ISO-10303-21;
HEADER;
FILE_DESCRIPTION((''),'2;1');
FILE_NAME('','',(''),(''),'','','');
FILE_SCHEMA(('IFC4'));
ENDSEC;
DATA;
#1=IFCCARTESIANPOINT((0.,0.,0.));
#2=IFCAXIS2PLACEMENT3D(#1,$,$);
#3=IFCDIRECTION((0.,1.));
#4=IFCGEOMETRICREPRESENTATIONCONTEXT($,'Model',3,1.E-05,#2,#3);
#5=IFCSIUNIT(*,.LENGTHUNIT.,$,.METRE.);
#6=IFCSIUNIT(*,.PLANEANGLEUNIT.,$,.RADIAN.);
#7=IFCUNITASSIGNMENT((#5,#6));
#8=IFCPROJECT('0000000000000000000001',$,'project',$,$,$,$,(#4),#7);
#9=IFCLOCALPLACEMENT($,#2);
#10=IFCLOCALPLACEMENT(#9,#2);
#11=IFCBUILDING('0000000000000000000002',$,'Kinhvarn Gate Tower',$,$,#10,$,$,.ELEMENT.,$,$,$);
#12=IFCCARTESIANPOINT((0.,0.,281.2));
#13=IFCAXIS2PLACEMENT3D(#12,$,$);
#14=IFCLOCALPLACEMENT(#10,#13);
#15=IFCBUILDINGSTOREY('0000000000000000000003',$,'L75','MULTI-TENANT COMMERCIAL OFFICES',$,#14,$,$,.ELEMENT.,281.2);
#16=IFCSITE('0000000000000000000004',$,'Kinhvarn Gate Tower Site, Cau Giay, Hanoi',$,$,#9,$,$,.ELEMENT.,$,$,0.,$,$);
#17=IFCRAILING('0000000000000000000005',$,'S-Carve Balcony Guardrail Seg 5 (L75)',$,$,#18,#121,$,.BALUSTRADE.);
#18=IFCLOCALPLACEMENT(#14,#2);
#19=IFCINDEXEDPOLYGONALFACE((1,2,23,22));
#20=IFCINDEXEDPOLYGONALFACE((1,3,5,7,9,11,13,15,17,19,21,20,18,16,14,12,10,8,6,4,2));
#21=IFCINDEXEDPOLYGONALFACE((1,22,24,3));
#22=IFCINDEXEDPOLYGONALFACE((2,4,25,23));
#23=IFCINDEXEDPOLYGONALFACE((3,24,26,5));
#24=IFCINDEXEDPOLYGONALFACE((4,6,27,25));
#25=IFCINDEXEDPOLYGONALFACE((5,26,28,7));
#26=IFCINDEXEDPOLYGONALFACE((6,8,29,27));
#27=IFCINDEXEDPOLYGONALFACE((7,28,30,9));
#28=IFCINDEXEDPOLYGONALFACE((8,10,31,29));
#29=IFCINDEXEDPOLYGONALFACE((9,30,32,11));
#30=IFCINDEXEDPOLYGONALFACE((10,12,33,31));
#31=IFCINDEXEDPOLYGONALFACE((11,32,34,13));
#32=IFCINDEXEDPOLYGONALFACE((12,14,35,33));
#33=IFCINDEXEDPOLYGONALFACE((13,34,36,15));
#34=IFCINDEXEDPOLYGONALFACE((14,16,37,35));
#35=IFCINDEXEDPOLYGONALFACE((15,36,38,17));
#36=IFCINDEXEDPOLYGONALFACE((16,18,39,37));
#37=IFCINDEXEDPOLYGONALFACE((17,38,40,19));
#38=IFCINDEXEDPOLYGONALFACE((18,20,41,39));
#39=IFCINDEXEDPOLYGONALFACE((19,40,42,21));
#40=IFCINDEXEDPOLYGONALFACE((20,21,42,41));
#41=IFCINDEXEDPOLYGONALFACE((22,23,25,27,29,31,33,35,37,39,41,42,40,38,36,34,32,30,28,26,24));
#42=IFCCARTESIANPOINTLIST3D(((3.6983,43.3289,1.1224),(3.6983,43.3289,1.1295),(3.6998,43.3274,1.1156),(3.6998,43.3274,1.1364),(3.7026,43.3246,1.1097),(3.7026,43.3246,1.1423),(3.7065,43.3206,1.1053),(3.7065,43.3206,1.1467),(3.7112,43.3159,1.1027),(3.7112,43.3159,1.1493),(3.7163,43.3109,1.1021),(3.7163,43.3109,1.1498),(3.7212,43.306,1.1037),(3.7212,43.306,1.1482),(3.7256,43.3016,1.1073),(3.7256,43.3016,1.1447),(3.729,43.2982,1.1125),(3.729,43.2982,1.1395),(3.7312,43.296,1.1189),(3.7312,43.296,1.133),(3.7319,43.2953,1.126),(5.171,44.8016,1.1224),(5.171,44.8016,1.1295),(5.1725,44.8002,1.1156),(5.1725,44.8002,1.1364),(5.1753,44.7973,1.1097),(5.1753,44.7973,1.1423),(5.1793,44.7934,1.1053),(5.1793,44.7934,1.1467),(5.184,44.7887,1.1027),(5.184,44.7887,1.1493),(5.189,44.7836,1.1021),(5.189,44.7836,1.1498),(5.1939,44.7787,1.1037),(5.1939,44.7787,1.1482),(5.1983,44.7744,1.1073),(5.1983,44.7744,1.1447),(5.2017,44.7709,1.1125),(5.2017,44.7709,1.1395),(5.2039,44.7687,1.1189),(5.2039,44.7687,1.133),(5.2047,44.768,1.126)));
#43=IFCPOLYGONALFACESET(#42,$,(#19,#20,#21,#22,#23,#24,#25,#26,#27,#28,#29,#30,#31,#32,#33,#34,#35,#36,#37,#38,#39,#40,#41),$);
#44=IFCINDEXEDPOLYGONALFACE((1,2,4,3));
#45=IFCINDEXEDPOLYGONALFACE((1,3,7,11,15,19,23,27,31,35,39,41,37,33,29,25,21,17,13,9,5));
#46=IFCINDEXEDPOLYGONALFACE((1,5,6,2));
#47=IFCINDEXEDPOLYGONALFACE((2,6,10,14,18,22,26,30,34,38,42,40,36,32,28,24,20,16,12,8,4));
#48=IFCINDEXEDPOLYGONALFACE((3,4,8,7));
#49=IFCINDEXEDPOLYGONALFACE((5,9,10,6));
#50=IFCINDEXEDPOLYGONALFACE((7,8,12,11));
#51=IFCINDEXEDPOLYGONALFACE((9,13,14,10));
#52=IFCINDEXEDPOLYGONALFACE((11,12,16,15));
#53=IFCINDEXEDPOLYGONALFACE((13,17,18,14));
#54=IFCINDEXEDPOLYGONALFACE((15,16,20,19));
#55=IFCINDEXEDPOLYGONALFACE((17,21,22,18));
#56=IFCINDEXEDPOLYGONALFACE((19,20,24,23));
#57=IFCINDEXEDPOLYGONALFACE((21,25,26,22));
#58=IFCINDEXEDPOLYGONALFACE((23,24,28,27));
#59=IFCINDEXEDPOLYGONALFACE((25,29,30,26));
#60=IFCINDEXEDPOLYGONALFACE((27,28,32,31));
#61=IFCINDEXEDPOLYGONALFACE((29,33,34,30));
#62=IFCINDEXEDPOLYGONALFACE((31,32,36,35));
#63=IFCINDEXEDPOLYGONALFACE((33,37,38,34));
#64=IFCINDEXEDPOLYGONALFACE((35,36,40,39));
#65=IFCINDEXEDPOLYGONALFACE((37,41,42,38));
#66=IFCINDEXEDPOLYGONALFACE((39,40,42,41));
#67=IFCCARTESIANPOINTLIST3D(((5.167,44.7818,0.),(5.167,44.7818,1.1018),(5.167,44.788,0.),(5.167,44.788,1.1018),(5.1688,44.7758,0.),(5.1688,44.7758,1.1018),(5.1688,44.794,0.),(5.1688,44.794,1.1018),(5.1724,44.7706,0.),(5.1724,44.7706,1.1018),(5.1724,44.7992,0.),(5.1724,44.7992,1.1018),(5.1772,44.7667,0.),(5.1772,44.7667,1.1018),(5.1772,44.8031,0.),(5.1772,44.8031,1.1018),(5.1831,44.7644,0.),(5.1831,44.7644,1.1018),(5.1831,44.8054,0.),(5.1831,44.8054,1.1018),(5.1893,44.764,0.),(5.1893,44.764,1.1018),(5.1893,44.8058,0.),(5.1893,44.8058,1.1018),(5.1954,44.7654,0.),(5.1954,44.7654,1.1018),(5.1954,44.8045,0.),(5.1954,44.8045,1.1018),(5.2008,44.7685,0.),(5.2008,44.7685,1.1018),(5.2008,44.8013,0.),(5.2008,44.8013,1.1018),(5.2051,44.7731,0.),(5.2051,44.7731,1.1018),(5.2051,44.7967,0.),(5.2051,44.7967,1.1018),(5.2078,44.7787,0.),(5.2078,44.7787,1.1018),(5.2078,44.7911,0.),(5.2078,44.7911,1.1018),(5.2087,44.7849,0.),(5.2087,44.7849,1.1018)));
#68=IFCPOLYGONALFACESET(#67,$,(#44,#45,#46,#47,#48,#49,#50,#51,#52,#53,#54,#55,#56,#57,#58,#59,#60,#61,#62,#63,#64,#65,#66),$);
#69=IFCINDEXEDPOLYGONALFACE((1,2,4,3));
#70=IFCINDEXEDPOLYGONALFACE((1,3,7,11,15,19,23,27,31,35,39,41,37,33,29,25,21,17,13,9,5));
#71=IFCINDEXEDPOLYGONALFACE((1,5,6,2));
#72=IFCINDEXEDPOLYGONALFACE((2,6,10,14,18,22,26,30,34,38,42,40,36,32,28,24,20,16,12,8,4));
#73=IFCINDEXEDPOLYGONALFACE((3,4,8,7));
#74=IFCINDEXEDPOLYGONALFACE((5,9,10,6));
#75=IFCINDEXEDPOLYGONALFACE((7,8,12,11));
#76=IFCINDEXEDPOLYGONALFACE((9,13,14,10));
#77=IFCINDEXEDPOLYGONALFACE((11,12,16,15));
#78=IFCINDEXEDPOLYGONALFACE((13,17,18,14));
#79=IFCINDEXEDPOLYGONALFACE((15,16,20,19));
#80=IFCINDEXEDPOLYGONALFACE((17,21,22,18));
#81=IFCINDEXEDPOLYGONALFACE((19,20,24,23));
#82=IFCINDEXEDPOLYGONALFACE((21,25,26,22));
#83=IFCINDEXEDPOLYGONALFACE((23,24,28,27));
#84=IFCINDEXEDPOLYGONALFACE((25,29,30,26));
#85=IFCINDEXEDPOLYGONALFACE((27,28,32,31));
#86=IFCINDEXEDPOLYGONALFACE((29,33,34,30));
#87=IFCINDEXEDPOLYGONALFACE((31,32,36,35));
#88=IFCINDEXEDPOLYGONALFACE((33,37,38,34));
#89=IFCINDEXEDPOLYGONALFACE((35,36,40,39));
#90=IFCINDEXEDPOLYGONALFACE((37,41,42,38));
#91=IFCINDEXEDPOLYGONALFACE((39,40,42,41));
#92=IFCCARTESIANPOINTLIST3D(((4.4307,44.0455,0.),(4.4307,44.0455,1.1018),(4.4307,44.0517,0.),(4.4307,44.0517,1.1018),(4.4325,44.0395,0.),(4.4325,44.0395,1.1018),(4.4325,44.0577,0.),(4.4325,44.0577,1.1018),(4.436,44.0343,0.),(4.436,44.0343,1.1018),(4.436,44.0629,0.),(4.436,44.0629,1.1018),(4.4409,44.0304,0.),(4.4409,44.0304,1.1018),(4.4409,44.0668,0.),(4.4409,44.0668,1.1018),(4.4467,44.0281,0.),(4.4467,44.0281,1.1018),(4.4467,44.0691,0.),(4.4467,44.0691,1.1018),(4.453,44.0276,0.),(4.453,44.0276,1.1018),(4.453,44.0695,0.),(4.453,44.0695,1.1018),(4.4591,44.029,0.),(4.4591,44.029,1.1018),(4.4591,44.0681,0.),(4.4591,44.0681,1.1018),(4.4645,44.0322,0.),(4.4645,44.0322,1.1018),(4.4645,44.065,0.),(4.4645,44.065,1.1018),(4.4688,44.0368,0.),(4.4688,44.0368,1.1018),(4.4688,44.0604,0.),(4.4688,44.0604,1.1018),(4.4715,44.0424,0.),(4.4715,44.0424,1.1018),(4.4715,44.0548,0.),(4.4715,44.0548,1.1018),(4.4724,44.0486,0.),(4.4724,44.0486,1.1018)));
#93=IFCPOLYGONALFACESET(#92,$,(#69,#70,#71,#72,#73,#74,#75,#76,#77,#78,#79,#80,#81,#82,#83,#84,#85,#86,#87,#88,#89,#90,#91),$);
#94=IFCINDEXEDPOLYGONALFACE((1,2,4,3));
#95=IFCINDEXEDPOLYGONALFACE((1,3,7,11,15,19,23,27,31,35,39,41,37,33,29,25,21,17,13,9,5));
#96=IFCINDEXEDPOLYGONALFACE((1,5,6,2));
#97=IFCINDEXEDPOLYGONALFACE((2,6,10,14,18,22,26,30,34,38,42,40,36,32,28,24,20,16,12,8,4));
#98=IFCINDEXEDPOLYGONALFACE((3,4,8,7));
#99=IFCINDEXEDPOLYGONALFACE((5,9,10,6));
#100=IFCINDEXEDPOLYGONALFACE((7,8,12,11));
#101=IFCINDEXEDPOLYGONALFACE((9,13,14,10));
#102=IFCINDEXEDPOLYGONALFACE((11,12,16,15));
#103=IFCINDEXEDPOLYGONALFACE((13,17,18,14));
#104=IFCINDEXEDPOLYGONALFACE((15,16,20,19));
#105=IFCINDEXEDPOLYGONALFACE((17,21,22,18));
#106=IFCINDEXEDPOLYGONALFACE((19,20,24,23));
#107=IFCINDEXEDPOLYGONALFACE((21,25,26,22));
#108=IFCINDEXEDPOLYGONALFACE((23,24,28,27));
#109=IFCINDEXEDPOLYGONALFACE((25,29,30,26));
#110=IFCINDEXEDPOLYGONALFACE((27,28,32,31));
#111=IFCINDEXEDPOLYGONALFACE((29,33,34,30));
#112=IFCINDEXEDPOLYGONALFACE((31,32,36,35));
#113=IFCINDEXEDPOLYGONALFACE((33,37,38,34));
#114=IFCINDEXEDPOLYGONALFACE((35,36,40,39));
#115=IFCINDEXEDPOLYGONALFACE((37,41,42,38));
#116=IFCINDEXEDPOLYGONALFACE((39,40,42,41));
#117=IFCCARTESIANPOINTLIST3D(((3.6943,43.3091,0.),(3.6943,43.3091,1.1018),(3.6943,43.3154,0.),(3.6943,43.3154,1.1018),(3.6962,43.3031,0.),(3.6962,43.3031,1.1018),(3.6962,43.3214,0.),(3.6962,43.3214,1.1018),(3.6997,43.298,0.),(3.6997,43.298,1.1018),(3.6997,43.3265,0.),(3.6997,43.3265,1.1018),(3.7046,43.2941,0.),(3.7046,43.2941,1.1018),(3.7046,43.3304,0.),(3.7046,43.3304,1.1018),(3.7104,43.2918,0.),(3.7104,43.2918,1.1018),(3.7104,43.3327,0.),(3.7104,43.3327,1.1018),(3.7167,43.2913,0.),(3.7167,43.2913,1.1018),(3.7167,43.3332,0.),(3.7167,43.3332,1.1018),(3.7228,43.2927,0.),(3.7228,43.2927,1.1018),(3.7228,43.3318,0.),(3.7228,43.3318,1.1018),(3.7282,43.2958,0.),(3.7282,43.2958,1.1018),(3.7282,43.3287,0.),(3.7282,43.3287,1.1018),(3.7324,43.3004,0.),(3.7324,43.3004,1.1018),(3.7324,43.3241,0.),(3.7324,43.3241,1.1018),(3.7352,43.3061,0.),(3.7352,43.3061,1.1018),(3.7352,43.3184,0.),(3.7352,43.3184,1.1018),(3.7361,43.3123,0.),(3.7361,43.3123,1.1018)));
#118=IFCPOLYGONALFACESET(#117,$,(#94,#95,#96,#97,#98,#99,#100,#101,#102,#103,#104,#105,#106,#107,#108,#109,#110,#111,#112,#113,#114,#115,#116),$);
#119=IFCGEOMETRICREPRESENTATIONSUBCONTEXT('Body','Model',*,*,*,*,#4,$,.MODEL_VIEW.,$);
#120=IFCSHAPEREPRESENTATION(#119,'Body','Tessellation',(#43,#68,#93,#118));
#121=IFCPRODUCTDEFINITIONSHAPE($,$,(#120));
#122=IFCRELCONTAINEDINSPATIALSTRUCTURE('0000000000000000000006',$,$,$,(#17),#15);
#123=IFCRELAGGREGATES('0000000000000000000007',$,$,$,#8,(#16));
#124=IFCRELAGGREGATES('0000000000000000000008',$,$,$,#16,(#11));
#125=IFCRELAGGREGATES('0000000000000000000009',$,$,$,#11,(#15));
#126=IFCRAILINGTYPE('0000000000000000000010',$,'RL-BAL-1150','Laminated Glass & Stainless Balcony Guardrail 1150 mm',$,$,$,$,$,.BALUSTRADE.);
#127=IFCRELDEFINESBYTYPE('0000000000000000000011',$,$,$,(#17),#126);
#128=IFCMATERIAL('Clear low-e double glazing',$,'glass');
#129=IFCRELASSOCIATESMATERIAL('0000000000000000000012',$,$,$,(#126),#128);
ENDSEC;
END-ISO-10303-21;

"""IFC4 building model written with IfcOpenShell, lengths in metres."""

from ifc_helpers import new_model, si_unit, direction, frame, origin, origin_2d, place, context, subcontext, project, spatial, circle, extrude, material, type_object, element, save


model = new_model("IFC4")

# Units and contexts
model_context = context("Model", 3, precision=1e-05, world=origin(), true_north=direction((0.0, 1.0)))
body_context = subcontext(model_context, "Body", "Model", "MODEL_VIEW")
ifc_project = project(units=[si_unit("LENGTHUNIT", "METRE"), si_unit("PLANEANGLEUNIT", "RADIAN")], contexts=[model_context])

# Site, building, storey
site_placement = place(None, origin())
site = spatial("IfcSite", under=ifc_project, at=site_placement, Name="Kinhvarn Gate Tower Site, Cau Giay, Hanoi", CompositionType="ELEMENT", RefElevation=0.0)
building_placement = place(site_placement, origin())
building = spatial("IfcBuilding", under=site, at=building_placement, Name="Kinhvarn Gate Tower", CompositionType="ELEMENT")
storey_placement = place(building_placement, frame((0.0, 0.0, 281.2)))
storey = spatial("IfcBuildingStorey", under=building, at=storey_placement, Name="L75", Description="MULTI-TENANT COMMERCIAL OFFICES", CompositionType="ELEMENT", Elevation=281.2)

# Shared definitions
ifc_material_1 = material(Name="Clear low-e double glazing", Category="glass")

# Railing
railing_type = type_object("IfcRailingType", Name="RL-BAL-1150", Description="Laminated Glass & Stainless Balcony Guardrail 1150 mm", PredefinedType="BALUSTRADE", material=ifc_material_1)
railing_1_placement = place(storey_placement, frame((5.1877, 44.7849, 0.0)))
element("IfcRailing", 1, at=railing_1_placement, inside=storey, type_object=railing_type, Name="S-Carve Balcony Guardrail Seg 5 (L75)", PredefinedType="BALUSTRADE", context=body_context, shape_type="SweptSolid", body=[
    extrude(circle(Radius=0.0239, at=origin_2d()), frame((0.0, 0.0, 1.126), z_axis=(-0.707107, -0.707107, 0.0), x_axis=(0.707107, -0.707107, 0.0)), (0.0, 0.0, 1.0), 2.0828),
    extrude(circle(Radius=0.021, at=origin_2d()), origin(), (0.0, 0.0, 1.0), 1.1018),
    extrude(circle(Radius=0.021, at=origin_2d()), frame((-0.7363, -0.7363, 0.0)), (0.0, 0.0, 1.0), 1.1018),
    extrude(circle(Radius=0.021, at=origin_2d()), frame((-1.4727, -1.4727, 0.0)), (0.0, 0.0, 1.0), 1.1018),
])

save(model, "model.ifc")
